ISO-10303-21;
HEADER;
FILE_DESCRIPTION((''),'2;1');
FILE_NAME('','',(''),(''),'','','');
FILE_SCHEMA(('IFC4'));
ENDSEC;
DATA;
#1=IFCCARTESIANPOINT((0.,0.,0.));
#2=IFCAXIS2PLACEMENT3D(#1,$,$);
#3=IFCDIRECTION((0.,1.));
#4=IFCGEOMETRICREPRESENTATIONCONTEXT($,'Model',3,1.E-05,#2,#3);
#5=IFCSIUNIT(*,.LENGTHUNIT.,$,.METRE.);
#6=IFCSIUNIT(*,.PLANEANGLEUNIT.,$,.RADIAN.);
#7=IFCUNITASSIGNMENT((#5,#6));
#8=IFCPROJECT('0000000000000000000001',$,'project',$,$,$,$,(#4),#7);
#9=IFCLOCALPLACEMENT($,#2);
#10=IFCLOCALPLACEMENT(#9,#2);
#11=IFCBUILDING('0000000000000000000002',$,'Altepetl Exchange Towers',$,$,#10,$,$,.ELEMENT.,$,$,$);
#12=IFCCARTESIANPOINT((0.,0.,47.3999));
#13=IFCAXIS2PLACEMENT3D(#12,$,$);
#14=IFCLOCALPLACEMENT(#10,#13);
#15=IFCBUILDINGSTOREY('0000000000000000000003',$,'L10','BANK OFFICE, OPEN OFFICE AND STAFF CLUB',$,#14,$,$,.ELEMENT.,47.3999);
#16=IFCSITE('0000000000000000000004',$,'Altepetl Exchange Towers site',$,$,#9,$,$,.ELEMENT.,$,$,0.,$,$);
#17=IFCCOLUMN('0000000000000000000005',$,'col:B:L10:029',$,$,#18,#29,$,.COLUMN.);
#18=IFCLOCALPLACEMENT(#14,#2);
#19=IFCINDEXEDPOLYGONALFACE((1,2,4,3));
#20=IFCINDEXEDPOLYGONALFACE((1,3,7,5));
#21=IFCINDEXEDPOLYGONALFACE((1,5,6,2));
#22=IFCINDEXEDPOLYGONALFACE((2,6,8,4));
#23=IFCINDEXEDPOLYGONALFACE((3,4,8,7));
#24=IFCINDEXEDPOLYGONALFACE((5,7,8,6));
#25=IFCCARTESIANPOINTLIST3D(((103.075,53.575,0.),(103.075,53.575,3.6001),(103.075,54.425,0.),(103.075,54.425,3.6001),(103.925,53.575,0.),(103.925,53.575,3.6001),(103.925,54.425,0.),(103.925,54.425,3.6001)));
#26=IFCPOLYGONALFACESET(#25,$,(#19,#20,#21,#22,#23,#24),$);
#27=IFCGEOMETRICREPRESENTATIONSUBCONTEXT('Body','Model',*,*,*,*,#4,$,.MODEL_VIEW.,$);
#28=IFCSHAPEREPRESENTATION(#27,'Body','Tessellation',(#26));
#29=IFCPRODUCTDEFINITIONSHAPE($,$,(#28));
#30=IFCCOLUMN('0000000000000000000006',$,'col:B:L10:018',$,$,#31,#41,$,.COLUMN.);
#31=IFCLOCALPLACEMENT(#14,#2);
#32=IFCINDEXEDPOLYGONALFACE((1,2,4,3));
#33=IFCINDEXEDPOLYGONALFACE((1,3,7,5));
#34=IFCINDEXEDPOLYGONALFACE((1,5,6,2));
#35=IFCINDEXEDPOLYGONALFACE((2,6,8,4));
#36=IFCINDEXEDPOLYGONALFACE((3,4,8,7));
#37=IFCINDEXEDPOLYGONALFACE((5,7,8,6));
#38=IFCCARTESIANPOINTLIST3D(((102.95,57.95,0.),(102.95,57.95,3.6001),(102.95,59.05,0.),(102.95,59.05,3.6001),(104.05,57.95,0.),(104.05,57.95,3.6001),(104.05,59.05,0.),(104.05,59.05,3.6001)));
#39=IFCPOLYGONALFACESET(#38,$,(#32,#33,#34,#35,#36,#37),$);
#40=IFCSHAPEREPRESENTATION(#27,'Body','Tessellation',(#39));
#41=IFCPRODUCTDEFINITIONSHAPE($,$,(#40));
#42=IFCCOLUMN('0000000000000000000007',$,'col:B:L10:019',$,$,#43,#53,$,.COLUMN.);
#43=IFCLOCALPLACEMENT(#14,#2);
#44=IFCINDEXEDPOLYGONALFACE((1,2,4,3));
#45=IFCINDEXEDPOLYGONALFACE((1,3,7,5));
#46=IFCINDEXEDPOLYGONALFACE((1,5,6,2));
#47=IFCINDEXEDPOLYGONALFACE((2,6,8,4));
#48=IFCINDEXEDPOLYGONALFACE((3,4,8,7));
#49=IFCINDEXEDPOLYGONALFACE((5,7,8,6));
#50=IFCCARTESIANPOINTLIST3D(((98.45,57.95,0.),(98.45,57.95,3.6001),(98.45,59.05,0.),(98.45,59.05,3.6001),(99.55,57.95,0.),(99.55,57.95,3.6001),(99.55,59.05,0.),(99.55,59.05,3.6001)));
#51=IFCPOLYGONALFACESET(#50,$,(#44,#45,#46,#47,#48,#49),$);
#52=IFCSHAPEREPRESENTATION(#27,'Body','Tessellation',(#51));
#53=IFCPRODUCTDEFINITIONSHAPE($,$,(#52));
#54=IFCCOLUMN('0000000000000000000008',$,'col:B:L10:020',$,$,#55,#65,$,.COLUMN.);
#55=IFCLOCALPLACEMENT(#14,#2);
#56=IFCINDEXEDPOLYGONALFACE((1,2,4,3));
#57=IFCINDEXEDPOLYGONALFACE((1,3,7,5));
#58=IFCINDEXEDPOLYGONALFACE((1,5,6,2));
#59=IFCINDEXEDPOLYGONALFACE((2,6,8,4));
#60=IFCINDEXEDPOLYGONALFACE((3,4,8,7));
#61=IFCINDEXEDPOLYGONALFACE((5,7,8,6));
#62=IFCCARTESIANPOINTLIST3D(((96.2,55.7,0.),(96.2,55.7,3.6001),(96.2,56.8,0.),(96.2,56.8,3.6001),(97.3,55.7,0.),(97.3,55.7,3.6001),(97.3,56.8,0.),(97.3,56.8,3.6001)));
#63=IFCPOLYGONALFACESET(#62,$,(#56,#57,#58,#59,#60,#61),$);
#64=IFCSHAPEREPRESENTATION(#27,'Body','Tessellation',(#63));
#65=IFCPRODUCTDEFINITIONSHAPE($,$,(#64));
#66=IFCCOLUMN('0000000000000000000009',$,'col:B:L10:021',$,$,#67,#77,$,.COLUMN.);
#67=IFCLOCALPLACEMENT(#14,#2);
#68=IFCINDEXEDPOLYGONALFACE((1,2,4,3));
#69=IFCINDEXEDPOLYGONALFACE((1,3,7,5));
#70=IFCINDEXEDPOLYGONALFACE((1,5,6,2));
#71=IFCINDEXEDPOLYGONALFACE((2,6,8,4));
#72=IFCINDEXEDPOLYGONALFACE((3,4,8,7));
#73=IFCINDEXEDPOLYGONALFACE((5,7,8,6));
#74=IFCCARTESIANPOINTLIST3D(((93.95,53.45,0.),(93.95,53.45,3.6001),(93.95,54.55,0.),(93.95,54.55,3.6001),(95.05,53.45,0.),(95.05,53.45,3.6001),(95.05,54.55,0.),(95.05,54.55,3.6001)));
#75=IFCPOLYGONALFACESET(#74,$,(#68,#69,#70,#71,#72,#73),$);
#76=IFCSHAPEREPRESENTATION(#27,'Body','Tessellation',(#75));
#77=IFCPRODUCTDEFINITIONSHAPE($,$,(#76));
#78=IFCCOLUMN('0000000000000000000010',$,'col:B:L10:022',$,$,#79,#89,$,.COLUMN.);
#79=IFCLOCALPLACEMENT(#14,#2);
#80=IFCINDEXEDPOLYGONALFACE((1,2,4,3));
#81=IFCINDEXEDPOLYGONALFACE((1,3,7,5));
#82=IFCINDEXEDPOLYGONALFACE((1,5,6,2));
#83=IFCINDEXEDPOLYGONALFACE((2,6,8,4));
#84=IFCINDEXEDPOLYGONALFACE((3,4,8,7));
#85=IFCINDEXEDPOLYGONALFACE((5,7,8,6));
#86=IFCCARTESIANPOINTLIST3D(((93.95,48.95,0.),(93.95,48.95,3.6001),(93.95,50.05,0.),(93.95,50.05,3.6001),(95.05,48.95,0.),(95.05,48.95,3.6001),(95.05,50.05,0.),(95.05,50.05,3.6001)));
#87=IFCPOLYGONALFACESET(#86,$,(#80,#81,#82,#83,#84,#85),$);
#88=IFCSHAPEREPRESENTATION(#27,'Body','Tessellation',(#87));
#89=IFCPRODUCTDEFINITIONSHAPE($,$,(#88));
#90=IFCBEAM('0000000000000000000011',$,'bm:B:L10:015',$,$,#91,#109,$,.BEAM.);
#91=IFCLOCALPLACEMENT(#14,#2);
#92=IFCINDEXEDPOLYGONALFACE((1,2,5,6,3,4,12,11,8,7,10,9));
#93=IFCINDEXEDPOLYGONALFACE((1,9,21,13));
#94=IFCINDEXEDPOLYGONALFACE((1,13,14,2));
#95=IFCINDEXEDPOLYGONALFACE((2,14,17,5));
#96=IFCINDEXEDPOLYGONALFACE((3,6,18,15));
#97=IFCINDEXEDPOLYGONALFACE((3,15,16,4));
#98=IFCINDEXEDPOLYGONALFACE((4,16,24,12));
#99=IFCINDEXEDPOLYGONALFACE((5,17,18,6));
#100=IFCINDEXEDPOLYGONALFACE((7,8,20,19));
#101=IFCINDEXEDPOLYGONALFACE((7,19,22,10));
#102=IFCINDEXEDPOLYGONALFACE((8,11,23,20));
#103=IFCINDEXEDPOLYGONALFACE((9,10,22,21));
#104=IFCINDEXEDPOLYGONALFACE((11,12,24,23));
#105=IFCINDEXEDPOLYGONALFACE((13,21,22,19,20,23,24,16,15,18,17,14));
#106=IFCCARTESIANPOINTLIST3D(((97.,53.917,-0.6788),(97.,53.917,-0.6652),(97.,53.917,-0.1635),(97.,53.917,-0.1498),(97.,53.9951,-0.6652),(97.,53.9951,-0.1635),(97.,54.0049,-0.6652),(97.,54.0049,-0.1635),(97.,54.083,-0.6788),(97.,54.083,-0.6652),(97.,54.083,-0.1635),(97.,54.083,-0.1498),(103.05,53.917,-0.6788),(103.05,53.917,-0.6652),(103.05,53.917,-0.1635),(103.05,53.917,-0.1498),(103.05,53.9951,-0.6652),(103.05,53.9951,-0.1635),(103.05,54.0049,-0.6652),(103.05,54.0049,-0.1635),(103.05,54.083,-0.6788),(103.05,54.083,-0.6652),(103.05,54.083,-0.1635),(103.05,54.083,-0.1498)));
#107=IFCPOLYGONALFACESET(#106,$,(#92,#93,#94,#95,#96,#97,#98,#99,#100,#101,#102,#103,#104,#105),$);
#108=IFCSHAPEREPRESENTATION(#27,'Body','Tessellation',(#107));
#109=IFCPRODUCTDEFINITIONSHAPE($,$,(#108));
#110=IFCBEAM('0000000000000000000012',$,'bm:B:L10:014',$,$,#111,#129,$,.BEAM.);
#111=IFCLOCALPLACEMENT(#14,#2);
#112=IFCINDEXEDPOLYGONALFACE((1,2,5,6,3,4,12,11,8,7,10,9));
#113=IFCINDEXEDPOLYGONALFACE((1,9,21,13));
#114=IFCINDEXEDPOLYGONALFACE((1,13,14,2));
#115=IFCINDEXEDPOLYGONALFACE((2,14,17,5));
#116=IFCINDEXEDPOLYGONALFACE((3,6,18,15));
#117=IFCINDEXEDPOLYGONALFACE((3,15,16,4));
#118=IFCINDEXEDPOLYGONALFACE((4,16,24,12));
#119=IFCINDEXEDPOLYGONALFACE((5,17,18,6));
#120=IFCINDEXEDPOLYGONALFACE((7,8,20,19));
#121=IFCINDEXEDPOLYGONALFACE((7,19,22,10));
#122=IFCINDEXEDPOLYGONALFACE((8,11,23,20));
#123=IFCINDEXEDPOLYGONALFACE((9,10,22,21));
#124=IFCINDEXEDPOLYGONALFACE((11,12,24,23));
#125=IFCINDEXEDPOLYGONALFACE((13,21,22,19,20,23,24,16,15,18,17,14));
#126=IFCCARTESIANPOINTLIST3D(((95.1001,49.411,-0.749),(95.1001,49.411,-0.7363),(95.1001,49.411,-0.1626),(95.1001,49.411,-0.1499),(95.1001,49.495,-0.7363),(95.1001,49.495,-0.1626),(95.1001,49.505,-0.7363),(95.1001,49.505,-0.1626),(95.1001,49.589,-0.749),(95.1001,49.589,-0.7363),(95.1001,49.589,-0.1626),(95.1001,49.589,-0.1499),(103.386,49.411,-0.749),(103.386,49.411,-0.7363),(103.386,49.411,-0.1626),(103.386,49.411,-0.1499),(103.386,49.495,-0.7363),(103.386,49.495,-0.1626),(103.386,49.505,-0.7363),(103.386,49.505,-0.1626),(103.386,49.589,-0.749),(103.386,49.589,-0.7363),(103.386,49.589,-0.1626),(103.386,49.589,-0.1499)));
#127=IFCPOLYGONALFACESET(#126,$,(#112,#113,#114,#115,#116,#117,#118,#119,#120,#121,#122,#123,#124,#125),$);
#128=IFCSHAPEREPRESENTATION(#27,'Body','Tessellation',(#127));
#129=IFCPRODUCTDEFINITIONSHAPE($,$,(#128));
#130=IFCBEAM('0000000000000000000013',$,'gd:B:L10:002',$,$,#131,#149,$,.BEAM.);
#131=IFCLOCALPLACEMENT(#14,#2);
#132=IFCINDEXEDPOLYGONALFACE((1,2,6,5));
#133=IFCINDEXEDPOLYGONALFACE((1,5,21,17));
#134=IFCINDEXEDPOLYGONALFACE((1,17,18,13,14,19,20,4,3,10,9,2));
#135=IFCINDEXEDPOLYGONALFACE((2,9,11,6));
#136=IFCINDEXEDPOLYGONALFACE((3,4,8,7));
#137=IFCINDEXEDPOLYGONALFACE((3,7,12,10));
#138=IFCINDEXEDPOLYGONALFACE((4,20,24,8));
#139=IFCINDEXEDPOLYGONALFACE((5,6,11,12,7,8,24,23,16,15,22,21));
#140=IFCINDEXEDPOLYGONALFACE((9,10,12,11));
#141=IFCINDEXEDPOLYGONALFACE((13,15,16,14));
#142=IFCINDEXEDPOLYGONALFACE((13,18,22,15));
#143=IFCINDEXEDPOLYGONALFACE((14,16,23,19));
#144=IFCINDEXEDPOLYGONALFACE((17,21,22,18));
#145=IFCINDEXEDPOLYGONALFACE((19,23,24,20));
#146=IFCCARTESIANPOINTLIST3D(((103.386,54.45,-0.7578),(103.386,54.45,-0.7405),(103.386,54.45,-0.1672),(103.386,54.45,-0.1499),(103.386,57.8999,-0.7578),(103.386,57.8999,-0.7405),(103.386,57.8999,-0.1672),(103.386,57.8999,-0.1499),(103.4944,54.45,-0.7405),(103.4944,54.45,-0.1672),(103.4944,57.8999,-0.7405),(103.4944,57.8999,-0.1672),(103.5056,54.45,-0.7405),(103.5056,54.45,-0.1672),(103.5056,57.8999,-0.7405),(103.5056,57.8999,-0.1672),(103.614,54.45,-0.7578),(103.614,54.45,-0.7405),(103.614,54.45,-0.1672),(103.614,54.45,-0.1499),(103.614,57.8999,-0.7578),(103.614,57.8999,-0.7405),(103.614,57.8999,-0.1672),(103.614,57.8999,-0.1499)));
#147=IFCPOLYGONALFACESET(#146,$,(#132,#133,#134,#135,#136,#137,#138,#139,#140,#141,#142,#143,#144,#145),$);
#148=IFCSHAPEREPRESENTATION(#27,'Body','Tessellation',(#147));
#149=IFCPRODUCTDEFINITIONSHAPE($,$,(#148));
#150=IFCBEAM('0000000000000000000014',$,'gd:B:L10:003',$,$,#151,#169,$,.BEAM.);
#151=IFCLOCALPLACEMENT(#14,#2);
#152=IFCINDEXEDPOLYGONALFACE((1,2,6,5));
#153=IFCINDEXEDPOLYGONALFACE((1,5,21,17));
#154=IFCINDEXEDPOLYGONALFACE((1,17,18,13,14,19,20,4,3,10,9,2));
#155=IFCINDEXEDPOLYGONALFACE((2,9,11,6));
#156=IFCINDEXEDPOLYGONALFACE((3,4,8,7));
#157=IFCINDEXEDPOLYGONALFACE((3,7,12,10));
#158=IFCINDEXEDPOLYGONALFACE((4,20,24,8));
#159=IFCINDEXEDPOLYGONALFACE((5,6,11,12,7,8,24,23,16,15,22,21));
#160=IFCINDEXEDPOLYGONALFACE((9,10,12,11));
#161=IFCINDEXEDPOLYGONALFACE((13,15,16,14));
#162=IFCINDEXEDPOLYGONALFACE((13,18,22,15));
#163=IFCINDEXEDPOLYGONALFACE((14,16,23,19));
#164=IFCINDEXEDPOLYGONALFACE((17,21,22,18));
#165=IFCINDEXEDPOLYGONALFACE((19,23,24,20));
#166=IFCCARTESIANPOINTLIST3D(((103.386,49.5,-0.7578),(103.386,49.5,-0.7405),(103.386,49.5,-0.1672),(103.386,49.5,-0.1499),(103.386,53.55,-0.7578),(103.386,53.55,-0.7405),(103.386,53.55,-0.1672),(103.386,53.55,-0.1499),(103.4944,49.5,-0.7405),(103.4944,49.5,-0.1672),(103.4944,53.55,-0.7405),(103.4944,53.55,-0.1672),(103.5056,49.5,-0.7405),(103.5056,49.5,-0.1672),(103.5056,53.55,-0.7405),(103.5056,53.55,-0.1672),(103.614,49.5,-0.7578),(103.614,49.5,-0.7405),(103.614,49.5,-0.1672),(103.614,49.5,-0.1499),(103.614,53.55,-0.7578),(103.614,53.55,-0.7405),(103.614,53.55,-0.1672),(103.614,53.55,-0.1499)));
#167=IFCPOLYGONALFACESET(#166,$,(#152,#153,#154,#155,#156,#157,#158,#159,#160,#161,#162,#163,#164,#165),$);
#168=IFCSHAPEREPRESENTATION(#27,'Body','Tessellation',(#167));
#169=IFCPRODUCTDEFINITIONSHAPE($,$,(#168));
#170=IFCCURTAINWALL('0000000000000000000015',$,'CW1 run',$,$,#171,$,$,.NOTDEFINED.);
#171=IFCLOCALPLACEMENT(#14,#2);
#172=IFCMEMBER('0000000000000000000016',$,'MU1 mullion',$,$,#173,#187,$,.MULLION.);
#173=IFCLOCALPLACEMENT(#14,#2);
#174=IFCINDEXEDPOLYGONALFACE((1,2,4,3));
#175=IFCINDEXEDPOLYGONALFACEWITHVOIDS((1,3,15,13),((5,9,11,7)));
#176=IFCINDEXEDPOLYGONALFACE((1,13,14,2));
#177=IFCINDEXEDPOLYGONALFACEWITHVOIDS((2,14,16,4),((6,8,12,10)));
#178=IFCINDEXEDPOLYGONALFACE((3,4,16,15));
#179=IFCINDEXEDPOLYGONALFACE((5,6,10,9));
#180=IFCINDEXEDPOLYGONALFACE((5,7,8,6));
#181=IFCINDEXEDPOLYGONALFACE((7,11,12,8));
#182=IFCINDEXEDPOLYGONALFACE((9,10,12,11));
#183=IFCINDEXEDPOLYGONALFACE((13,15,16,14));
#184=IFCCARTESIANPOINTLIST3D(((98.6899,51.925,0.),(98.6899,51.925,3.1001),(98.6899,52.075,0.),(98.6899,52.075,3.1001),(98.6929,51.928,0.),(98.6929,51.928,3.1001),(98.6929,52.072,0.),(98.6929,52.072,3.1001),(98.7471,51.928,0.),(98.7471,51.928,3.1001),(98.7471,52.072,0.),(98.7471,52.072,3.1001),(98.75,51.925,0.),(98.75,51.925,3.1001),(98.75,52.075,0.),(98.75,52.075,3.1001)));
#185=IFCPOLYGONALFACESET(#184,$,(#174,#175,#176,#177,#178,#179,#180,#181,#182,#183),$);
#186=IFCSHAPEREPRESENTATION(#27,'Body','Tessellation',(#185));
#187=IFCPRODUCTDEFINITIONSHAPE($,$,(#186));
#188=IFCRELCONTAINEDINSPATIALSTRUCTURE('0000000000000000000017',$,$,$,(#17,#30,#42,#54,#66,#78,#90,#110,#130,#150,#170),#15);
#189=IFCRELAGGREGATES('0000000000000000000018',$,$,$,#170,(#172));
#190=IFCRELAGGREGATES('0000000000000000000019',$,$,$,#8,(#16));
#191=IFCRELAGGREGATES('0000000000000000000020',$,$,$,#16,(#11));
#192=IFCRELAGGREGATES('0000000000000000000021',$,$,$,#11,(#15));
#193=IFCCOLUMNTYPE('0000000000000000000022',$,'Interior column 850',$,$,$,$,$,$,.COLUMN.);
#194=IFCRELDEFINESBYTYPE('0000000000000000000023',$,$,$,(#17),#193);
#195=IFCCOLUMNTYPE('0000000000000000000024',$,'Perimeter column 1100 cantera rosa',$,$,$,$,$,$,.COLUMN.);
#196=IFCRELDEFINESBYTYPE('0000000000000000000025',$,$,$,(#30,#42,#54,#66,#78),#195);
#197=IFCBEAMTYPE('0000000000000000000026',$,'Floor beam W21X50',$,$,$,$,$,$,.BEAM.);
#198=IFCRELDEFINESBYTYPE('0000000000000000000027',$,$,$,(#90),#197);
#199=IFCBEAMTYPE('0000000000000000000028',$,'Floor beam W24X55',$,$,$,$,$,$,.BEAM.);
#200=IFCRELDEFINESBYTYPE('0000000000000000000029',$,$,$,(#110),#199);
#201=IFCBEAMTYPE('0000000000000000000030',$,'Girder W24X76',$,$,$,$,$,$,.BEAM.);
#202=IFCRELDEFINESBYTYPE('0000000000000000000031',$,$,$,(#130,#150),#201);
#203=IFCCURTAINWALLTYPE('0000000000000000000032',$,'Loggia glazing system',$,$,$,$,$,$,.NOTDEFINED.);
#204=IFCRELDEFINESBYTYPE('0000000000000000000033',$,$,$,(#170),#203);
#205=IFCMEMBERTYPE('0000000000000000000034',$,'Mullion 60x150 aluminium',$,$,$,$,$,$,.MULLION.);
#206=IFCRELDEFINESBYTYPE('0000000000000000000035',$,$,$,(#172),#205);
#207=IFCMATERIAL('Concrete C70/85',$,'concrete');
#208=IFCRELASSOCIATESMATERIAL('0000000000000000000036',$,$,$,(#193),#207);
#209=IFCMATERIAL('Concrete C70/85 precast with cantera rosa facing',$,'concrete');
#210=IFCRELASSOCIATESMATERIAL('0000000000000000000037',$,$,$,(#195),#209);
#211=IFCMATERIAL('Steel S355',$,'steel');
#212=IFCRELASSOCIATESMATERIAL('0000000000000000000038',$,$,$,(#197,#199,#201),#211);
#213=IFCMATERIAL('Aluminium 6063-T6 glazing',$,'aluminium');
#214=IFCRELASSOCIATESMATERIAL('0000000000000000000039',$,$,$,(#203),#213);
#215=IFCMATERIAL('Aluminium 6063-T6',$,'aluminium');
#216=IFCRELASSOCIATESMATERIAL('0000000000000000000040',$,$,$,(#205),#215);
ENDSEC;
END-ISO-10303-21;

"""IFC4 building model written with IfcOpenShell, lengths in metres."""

from ifc_helpers import new_model, si_unit, direction, frame, origin, origin_2d, place, context, subcontext, project, spatial, rectangle, hollow_rectangle, i_section, extrude, material, material_profile, profile_set, type_object, element, aggregate, save


model = new_model("IFC4")

# Units and contexts
model_context = context("Model", 3, precision=1e-05, world=origin(), true_north=direction((0.0, 1.0)))
body_context = subcontext(model_context, "Body", "Model", "MODEL_VIEW")
ifc_project = project(units=[si_unit("LENGTHUNIT", "METRE"), si_unit("PLANEANGLEUNIT", "RADIAN")], contexts=[model_context])

# Site, building, storey
site_placement = place(None, origin())
site = spatial("IfcSite", under=ifc_project, at=site_placement, Name="Altepetl Exchange Towers site", CompositionType="ELEMENT", RefElevation=0.0)
building_placement = place(site_placement, origin())
building = spatial("IfcBuilding", under=site, at=building_placement, Name="Altepetl Exchange Towers", CompositionType="ELEMENT")
storey_placement = place(building_placement, frame((0.0, 0.0, 47.3999)))
storey = spatial("IfcBuildingStorey", under=building, at=storey_placement, Name="L10", Description="BANK OFFICE, OPEN OFFICE AND STAFF CLUB", CompositionType="ELEMENT", Elevation=47.3999)

# Columns
ifc_material_1 = material(Name="Concrete C70/85", Category="concrete")
ifc_material_profile_1 = material_profile(ifc_material_1, rectangle(XDim=0.8501, YDim=0.8501, at=origin_2d()), Name="850 x 850")
ifc_profile_set_1 = profile_set([ifc_material_profile_1], Name="Concrete C70/85")
column_type_1 = type_object("IfcColumnType", Name="Interior column 850", PredefinedType="COLUMN", material=ifc_profile_set_1)
column_placement = place(storey_placement, frame((103.5, 54.0, 0.0)))
element("IfcColumn", 1, at=column_placement, inside=storey, type_object=column_type_1, Name="col:B:L10:029", PredefinedType="COLUMN", context=body_context, shape_type="SweptSolid", body=[
    extrude(rectangle(XDim=0.8501, YDim=0.8501, at=origin_2d()), origin(), (0.0, 0.0, 1.0), 3.6001),
])
ifc_material_2 = material(Name="Concrete C70/85 precast with cantera rosa facing", Category="concrete")
ifc_material_profile_2 = material_profile(ifc_material_2, rectangle(XDim=1.1001, YDim=1.1001, at=origin_2d()), Name="1100 x 1100")
ifc_profile_set_2 = profile_set([ifc_material_profile_2], Name="Concrete C70/85 precast with cantera rosa facing")
column_type_2 = type_object("IfcColumnType", Name="Perimeter column 1100 cantera rosa", PredefinedType="COLUMN", material=ifc_profile_set_2)
for number, where, name in (
    (2, (103.5, 58.5, 0.0), "col:B:L10:018"),
    (3, (99.0, 58.5, 0.0), "col:B:L10:019"),
    (4, (96.75, 56.25, 0.0), "col:B:L10:020"),
    (5, (94.5, 54.0, 0.0), "col:B:L10:021"),
    (6, (94.5, 49.5, 0.0), "col:B:L10:022"),
):
    element("IfcColumn", number, at=place(storey_placement, frame(where)), inside=storey, type_object=column_type_2, Name=name, PredefinedType="COLUMN", context=body_context, shape_type="SweptSolid", body=[
        extrude(rectangle(XDim=1.1001, YDim=1.1001, at=origin_2d()), origin(), (0.0, 0.0, 1.0), 3.6001),
    ])

# Beams
ifc_material_3 = material(Name="Steel S355", Category="steel")
ifc_material_profile_3 = material_profile(ifc_material_3, i_section(OverallWidth=0.166, OverallDepth=0.5291, WebThickness=0.0098, FlangeThickness=0.0137, at=origin_2d()), Name="W21X50")
ifc_profile_set_3 = profile_set([ifc_material_profile_3], Name="Steel S355")
beam_type_1 = type_object("IfcBeamType", Name="Floor beam W21X50", PredefinedType="BEAM", material=ifc_profile_set_3)
beam_1_placement = place(storey_placement, frame((97.0, 54.0, -0.4143), z_axis=(1.0, 0.0, 0.0), x_axis=(0.0, 1.0, 0.0)))
element("IfcBeam", 7, at=beam_1_placement, inside=storey, type_object=beam_type_1, Name="bm:B:L10:015", PredefinedType="BEAM", context=body_context, shape_type="SweptSolid", body=[
    extrude(i_section(OverallWidth=0.166, OverallDepth=0.5291, WebThickness=0.0098, FlangeThickness=0.0137, at=origin_2d()), origin(), (0.0, 0.0, 1.0), 6.05),
])
ifc_material_profile_4 = material_profile(ifc_material_3, i_section(OverallWidth=0.178, OverallDepth=0.5991, WebThickness=0.01, FlangeThickness=0.0127, at=origin_2d()), Name="W24X55")
ifc_profile_set_4 = profile_set([ifc_material_profile_4], Name="Steel S355")
beam_type_2 = type_object("IfcBeamType", Name="Floor beam W24X55", PredefinedType="BEAM", material=ifc_profile_set_4)
beam_2_placement = place(storey_placement, frame((95.1001, 49.5, -0.4495), z_axis=(1.0, 0.0, 0.0), x_axis=(0.0, 1.0, 0.0)))
element("IfcBeam", 8, at=beam_2_placement, inside=storey, type_object=beam_type_2, Name="bm:B:L10:014", PredefinedType="BEAM", context=body_context, shape_type="SweptSolid", body=[
    extrude(i_section(OverallWidth=0.178, OverallDepth=0.5991, WebThickness=0.01, FlangeThickness=0.0127, at=origin_2d()), origin(), (0.0, 0.0, 1.0), 8.2859),
])
ifc_material_profile_5 = material_profile(ifc_material_3, i_section(OverallWidth=0.228, OverallDepth=0.6079, WebThickness=0.0112, FlangeThickness=0.0173, at=origin_2d()), Name="W24X76")
ifc_profile_set_5 = profile_set([ifc_material_profile_5], Name="Steel S355")
beam_type_3 = type_object("IfcBeamType", Name="Girder W24X76", PredefinedType="BEAM", material=ifc_profile_set_5)
beam_3_placement = place(storey_placement, frame((103.5, 57.8999, -0.4539), z_axis=(0.0, -1.0, 0.0), x_axis=(1.0, 0.0, 0.0)))
element("IfcBeam", 9, at=beam_3_placement, inside=storey, type_object=beam_type_3, Name="gd:B:L10:002", PredefinedType="BEAM", context=body_context, shape_type="SweptSolid", body=[
    extrude(i_section(OverallWidth=0.228, OverallDepth=0.6079, WebThickness=0.0112, FlangeThickness=0.0173, at=origin_2d()), origin(), (0.0, 0.0, 1.0), 3.45),
])
beam_4_placement = place(storey_placement, frame((103.5, 53.55, -0.4539), z_axis=(0.0, -1.0, 0.0), x_axis=(1.0, 0.0, 0.0)))
element("IfcBeam", 10, at=beam_4_placement, inside=storey, type_object=beam_type_3, Name="gd:B:L10:003", PredefinedType="BEAM", context=body_context, shape_type="SweptSolid", body=[
    extrude(i_section(OverallWidth=0.228, OverallDepth=0.6079, WebThickness=0.0112, FlangeThickness=0.0173, at=origin_2d()), origin(), (0.0, 0.0, 1.0), 4.05),
])

# Curtain wall, member
ifc_material_4 = material(Name="Aluminium 6063-T6 glazing", Category="aluminium")
curtain_wall_type = type_object("IfcCurtainWallType", Name="Loggia glazing system", PredefinedType="NOTDEFINED", material=ifc_material_4)
curtain_wall_1_placement = place(storey_placement, origin())
curtain_wall_1 = element("IfcCurtainWall", 11, at=curtain_wall_1_placement, inside=storey, type_object=curtain_wall_type, Name="CW1 run", PredefinedType="NOTDEFINED")
ifc_material_5 = material(Name="Aluminium 6063-T6", Category="aluminium")
ifc_material_profile_6 = material_profile(ifc_material_5, hollow_rectangle(XDim=0.0601, YDim=0.1499, WallThickness=0.0029, at=origin_2d()), Name="Mullion 60x150 aluminium")
ifc_profile_set_6 = profile_set([ifc_material_profile_6], Name="Aluminium 6063-T6")
member_type = type_object("IfcMemberType", Name="Mullion 60x150 aluminium", PredefinedType="MULLION", material=ifc_profile_set_6)
member_1_placement = place(storey_placement, frame((98.72, 52.0, 0.0), z_axis=(0.0, 0.0, 1.0), x_axis=(-1.0, 0.0, 0.0)))
member_1 = element("IfcMember", 12, at=member_1_placement, type_object=member_type, Name="MU1 mullion", PredefinedType="MULLION", context=body_context, shape_type="SweptSolid", body=[
    extrude(hollow_rectangle(XDim=0.0601, YDim=0.1499, WallThickness=0.0029, at=origin_2d()), origin(), (0.0, 0.0, 1.0), 3.1001),
])

aggregate(curtain_wall_1, [member_1])

save(model, "model.ifc")
